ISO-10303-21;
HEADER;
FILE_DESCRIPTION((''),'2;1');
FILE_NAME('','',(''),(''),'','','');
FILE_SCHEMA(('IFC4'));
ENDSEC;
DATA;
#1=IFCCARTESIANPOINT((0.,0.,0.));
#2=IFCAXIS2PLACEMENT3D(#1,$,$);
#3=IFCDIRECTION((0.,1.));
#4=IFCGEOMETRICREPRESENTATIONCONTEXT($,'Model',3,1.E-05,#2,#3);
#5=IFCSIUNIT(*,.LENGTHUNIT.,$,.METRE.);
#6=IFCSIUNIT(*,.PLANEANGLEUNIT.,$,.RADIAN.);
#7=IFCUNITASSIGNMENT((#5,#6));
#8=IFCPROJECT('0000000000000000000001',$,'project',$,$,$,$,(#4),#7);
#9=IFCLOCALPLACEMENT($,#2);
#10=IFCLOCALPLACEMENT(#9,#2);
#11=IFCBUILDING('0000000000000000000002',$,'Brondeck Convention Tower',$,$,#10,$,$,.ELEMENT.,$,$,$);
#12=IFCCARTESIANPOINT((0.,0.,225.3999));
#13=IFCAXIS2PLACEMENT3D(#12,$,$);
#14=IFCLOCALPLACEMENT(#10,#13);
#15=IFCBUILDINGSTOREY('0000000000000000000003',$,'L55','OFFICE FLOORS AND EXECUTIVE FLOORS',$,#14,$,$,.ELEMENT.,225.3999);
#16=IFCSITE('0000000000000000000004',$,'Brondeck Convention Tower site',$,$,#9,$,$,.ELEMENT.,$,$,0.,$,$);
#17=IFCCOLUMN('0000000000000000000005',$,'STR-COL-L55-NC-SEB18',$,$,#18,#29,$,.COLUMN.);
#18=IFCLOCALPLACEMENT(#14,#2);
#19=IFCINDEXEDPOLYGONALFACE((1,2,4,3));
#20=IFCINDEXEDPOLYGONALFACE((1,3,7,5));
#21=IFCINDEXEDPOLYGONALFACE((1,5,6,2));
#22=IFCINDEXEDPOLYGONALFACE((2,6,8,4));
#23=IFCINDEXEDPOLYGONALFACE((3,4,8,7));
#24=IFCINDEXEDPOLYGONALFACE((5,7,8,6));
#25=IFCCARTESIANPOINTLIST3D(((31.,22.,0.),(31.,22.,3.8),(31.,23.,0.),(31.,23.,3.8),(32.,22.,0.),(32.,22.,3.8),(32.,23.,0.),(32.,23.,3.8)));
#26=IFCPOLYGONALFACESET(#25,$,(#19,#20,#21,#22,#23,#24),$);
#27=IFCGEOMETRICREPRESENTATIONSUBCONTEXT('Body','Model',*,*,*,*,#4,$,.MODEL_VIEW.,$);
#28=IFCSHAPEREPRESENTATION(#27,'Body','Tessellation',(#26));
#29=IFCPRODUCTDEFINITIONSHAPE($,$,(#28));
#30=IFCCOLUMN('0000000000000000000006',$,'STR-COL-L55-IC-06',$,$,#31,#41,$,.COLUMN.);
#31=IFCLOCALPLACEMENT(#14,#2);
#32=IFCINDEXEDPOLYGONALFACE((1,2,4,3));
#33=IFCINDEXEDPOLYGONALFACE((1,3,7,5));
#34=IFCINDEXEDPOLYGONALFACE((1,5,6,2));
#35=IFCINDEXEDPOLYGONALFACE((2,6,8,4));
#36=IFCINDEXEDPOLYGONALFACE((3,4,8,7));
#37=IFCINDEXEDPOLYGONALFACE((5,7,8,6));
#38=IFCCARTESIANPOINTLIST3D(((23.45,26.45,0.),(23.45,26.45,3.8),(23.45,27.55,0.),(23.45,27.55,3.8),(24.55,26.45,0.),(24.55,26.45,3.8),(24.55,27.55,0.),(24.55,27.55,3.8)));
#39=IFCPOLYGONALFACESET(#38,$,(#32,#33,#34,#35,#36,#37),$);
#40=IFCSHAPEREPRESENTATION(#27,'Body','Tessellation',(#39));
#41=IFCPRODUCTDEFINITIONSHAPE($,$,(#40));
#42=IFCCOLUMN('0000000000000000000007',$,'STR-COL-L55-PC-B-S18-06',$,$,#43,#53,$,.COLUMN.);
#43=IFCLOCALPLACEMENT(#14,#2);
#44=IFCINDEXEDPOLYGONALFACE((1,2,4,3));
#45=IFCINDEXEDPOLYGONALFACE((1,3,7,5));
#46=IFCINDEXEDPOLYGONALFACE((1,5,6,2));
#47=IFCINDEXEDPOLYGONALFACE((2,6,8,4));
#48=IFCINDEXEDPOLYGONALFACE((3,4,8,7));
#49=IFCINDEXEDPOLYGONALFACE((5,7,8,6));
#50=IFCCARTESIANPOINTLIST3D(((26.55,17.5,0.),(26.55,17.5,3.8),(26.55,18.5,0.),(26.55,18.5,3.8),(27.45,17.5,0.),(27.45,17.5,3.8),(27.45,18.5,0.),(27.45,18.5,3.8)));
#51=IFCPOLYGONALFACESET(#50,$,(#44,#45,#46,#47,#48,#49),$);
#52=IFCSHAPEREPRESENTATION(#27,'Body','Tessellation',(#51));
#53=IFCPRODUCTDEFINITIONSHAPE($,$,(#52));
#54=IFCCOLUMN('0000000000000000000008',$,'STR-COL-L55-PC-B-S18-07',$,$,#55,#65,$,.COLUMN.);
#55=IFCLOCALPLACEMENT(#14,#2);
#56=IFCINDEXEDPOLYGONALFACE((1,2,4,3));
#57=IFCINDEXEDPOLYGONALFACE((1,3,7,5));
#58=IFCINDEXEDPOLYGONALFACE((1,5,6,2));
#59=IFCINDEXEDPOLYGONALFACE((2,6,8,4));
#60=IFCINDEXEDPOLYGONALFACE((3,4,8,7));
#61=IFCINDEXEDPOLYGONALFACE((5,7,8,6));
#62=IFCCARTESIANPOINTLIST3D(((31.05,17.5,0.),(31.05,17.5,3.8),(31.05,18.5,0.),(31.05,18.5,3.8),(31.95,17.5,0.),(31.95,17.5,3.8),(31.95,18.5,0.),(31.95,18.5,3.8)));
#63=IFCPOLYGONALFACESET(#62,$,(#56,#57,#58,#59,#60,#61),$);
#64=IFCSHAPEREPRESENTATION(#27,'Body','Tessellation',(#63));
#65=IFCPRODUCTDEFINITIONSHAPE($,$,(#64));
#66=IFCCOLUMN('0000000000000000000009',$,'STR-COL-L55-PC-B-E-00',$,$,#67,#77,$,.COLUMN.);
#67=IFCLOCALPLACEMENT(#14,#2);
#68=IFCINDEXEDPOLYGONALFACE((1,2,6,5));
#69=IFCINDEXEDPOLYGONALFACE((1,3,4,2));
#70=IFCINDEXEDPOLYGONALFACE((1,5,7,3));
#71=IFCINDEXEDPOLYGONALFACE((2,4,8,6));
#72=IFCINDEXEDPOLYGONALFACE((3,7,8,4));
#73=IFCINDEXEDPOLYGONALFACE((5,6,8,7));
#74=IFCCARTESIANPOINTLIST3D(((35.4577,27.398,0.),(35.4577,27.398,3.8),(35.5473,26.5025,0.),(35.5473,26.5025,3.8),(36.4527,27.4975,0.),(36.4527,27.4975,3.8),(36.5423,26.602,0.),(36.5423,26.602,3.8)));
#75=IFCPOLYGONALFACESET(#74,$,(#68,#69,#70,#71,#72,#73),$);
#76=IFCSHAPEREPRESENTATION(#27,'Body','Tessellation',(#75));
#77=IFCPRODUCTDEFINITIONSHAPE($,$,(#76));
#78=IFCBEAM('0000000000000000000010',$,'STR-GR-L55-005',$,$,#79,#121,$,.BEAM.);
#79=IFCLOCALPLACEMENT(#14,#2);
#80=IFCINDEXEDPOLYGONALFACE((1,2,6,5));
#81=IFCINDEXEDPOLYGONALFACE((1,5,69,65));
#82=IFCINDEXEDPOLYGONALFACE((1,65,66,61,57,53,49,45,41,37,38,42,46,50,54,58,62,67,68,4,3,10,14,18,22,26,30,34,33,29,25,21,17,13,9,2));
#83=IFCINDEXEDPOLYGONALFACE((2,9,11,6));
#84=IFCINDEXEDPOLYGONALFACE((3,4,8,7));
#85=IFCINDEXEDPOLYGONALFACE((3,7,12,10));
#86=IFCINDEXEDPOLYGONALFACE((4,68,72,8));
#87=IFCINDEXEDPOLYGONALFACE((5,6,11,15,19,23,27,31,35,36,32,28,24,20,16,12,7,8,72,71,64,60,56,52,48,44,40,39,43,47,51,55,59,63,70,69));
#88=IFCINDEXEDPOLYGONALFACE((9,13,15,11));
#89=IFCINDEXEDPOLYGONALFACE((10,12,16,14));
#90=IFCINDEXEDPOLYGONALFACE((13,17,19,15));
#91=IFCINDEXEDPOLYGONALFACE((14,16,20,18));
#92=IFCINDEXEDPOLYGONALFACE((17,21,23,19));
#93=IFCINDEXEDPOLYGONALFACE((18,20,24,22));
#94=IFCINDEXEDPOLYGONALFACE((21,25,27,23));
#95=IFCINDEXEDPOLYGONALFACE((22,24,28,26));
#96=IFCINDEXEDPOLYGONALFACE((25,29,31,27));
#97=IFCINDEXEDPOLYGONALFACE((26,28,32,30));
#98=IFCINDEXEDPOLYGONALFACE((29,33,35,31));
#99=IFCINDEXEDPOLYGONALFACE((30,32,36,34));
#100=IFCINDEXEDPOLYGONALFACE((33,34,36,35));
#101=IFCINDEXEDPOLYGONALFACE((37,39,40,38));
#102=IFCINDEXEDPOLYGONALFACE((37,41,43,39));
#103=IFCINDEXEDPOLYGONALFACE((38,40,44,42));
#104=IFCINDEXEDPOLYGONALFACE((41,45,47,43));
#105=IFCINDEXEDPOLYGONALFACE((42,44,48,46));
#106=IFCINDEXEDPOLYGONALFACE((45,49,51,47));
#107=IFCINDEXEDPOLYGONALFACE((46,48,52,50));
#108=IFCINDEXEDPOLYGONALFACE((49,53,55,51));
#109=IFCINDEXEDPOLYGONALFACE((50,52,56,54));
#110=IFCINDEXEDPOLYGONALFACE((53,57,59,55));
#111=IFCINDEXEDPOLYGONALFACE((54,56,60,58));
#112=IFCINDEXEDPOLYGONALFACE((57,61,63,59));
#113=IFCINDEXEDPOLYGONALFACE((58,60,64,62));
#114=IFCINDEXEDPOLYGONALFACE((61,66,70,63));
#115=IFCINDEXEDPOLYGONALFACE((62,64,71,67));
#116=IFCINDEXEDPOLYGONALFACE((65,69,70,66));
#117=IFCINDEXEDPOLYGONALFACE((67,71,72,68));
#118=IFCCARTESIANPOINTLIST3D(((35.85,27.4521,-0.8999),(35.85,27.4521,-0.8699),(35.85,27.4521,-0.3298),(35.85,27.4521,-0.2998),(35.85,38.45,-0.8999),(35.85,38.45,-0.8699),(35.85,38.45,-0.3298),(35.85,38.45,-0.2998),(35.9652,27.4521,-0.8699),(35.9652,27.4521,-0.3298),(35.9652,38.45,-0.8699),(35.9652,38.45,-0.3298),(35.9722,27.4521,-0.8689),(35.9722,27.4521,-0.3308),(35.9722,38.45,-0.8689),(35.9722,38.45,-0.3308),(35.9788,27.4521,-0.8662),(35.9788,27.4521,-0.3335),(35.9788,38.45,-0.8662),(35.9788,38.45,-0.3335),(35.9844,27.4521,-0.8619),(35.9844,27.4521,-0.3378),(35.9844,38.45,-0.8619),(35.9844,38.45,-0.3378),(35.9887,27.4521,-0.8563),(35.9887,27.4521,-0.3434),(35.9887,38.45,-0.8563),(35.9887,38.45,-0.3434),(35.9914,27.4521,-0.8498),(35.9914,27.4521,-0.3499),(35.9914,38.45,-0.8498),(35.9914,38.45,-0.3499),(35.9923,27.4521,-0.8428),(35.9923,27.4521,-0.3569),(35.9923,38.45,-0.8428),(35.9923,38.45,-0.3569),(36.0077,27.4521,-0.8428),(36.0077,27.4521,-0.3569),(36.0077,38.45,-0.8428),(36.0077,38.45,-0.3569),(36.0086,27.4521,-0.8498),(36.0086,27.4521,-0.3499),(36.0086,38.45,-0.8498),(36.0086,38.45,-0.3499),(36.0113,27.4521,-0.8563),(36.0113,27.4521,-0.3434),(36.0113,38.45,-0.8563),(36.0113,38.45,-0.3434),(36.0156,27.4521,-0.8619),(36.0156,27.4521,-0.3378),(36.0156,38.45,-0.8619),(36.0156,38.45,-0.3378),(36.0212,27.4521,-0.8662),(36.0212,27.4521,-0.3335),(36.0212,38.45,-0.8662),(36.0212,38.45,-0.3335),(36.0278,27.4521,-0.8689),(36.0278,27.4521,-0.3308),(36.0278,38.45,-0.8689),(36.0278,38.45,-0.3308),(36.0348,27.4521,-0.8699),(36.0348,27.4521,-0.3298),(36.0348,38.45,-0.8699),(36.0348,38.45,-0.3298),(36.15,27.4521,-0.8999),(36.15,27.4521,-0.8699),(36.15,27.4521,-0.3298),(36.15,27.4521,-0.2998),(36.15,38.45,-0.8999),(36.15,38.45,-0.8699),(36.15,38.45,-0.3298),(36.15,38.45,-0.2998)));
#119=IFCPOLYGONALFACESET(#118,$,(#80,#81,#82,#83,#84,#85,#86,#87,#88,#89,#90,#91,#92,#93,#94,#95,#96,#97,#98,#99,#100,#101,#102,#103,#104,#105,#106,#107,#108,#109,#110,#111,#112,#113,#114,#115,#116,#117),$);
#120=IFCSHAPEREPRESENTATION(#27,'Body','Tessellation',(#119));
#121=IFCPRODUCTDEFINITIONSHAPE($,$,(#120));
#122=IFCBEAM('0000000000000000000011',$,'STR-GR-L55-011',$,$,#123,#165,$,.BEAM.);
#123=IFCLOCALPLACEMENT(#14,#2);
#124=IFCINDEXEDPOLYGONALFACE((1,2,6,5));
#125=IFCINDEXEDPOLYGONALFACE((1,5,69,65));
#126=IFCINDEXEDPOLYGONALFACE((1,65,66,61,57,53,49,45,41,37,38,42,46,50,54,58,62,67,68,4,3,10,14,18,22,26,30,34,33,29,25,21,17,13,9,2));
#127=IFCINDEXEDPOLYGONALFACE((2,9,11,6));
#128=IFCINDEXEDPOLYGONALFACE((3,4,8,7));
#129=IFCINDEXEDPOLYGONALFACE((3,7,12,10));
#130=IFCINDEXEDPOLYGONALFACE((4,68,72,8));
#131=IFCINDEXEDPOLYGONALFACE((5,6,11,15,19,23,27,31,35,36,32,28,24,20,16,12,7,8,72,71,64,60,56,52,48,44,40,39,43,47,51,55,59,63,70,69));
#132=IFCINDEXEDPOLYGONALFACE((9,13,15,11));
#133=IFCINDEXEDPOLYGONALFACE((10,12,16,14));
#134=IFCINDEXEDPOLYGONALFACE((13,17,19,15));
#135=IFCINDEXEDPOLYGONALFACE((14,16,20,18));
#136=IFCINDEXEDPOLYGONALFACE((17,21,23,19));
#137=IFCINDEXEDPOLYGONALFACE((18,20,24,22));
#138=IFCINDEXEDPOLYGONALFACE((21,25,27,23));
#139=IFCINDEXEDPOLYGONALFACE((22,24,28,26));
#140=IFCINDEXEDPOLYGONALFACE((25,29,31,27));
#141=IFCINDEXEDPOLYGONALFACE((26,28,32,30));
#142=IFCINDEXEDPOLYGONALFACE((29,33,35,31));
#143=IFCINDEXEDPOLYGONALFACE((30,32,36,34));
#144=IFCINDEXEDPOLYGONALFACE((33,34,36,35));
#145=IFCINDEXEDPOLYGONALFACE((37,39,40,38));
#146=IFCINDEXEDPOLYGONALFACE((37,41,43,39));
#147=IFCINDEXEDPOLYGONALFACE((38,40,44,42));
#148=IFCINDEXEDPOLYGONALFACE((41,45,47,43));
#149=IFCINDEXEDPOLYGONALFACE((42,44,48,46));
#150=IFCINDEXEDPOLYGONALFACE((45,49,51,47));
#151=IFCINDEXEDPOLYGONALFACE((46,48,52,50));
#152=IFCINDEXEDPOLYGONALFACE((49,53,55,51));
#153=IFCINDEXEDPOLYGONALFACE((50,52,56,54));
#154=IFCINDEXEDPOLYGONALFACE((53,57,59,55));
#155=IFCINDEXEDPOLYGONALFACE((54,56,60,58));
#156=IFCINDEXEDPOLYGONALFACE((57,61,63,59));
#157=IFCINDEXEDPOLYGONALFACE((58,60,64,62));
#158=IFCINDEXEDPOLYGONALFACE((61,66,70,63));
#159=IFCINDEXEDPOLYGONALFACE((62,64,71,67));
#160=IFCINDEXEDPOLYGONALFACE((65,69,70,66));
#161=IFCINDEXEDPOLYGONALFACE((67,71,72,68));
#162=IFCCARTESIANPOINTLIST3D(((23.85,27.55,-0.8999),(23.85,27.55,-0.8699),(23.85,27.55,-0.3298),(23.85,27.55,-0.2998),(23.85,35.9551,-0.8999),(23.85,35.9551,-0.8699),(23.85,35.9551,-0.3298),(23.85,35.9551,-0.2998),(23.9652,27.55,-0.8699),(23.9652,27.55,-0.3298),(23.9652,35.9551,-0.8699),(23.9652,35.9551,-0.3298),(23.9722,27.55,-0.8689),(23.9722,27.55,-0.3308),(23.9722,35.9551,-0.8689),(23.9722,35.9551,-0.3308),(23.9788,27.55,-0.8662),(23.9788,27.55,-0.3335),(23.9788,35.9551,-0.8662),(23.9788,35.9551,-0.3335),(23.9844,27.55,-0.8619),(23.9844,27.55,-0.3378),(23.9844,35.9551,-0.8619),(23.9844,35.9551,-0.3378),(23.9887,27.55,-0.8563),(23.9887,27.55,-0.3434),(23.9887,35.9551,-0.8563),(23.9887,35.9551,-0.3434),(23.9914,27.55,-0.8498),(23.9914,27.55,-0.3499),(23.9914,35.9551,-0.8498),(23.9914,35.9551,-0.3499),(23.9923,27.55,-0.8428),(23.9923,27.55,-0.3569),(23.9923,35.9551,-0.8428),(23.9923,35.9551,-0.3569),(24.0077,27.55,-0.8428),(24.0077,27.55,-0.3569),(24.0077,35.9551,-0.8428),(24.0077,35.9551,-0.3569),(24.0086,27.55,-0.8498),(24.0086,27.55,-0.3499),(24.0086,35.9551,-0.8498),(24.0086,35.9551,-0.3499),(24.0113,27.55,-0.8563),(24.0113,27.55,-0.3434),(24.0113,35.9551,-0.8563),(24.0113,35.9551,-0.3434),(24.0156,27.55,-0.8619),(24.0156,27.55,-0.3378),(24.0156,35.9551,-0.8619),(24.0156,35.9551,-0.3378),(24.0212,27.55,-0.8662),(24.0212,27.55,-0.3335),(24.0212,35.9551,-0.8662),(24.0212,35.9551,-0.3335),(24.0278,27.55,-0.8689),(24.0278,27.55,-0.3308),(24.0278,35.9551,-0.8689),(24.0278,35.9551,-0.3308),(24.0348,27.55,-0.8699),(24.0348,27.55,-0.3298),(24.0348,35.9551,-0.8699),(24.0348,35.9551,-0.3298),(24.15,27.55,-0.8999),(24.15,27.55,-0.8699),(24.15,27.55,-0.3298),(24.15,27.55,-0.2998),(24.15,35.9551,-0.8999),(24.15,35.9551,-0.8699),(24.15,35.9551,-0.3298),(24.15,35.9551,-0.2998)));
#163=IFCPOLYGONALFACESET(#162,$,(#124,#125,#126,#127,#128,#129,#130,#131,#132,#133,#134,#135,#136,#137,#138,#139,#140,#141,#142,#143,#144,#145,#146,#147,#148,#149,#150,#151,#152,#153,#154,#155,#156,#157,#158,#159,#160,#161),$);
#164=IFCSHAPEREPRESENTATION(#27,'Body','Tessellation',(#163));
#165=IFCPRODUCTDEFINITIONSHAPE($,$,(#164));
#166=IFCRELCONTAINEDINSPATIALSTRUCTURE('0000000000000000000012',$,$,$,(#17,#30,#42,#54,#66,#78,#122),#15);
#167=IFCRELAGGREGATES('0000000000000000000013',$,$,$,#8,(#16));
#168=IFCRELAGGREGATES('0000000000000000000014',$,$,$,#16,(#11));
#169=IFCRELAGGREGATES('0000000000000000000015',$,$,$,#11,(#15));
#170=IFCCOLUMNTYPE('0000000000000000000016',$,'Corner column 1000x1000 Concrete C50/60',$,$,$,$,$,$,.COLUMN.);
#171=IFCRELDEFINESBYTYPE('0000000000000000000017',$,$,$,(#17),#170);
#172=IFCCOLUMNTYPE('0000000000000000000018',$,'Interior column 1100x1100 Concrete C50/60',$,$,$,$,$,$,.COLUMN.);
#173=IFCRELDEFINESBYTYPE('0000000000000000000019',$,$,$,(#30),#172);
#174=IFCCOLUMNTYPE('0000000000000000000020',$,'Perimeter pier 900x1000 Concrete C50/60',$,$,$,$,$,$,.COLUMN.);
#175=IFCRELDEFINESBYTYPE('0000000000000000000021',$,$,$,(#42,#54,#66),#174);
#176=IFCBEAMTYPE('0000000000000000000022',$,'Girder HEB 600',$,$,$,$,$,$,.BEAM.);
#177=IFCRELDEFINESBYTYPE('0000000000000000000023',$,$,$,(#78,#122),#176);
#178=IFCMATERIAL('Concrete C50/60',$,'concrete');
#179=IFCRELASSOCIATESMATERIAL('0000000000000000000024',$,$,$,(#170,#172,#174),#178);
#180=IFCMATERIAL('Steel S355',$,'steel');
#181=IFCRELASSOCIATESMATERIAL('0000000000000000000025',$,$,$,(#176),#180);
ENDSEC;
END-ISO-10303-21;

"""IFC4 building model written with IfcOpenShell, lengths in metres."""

from ifc_helpers import new_model, si_unit, direction, frame, origin, origin_2d, place, context, subcontext, project, spatial, rectangle, i_section, extrude, material, material_profile, profile_set, type_object, element, save


model = new_model("IFC4")

# Units and contexts
model_context = context("Model", 3, precision=1e-05, world=origin(), true_north=direction((0.0, 1.0)))
body_context = subcontext(model_context, "Body", "Model", "MODEL_VIEW")
ifc_project = project(units=[si_unit("LENGTHUNIT", "METRE"), si_unit("PLANEANGLEUNIT", "RADIAN")], contexts=[model_context])

# Site, building, storey
site_placement = place(None, origin())
site = spatial("IfcSite", under=ifc_project, at=site_placement, Name="Brondeck Convention Tower site", CompositionType="ELEMENT", RefElevation=0.0)
building_placement = place(site_placement, origin())
building = spatial("IfcBuilding", under=site, at=building_placement, Name="Brondeck Convention Tower", CompositionType="ELEMENT")
storey_placement = place(building_placement, frame((0.0, 0.0, 225.3999)))
storey = spatial("IfcBuildingStorey", under=building, at=storey_placement, Name="L55", Description="OFFICE FLOORS AND EXECUTIVE FLOORS", CompositionType="ELEMENT", Elevation=225.3999)

# Columns
ifc_material_1 = material(Name="Concrete C50/60", Category="concrete")
ifc_material_profile_1 = material_profile(ifc_material_1, rectangle(XDim=1.0, YDim=1.0, at=origin_2d()), Name="Corner column 1000x1000 Concrete C50/60")
ifc_profile_set_1 = profile_set([ifc_material_profile_1], Name="Concrete C50/60")
column_type_1 = type_object("IfcColumnType", Name="Corner column 1000x1000 Concrete C50/60", PredefinedType="COLUMN", material=ifc_profile_set_1)
column_1_placement = place(storey_placement, frame((31.5, 22.5, 0.0), z_axis=(0.0, 0.0, 1.0), x_axis=(1.0, 0.0, 0.0)))
element("IfcColumn", 1, at=column_1_placement, inside=storey, type_object=column_type_1, Name="STR-COL-L55-NC-SEB18", PredefinedType="COLUMN", context=body_context, shape_type="SweptSolid", body=[
    extrude(rectangle(XDim=1.0, YDim=1.0, at=origin_2d()), origin(), (0.0, 0.0, 1.0), 3.8),
])
ifc_material_profile_2 = material_profile(ifc_material_1, rectangle(XDim=1.1001, YDim=1.1001, at=origin_2d()), Name="Interior column 1100x1100 Concrete C50/60")
ifc_profile_set_2 = profile_set([ifc_material_profile_2], Name="Concrete C50/60")
column_type_2 = type_object("IfcColumnType", Name="Interior column 1100x1100 Concrete C50/60", PredefinedType="COLUMN", material=ifc_profile_set_2)
column_2_placement = place(storey_placement, frame((24.0, 27.0, 0.0), z_axis=(0.0, 0.0, 1.0), x_axis=(1.0, 0.0, 0.0)))
element("IfcColumn", 2, at=column_2_placement, inside=storey, type_object=column_type_2, Name="STR-COL-L55-IC-06", PredefinedType="COLUMN", context=body_context, shape_type="SweptSolid", body=[
    extrude(rectangle(XDim=1.1001, YDim=1.1001, at=origin_2d()), origin(), (0.0, 0.0, 1.0), 3.8),
])
ifc_material_profile_3 = material_profile(ifc_material_1, rectangle(XDim=0.8999, YDim=1.0, at=origin_2d()), Name="Perimeter pier 900x1000 Concrete C50/60")
ifc_profile_set_3 = profile_set([ifc_material_profile_3], Name="Concrete C50/60")
column_type_3 = type_object("IfcColumnType", Name="Perimeter pier 900x1000 Concrete C50/60", PredefinedType="COLUMN", material=ifc_profile_set_3)
for number, where, z_axis, x_axis, name in (
    (3, (27.0, 18.0, 0.0), (0.0, 0.0, 1.0), (1.0, 0.0, 0.0), "STR-COL-L55-PC-B-S18-06"),
    (4, (31.5, 18.0, 0.0), (0.0, 0.0, 1.0), (1.0, 0.0, 0.0), "STR-COL-L55-PC-B-S18-07"),
    (5, (36.0, 27.0, 0.0), (0.0, 0.0, 1.0), (-0.099504, 0.995037, 0.0), "STR-COL-L55-PC-B-E-00"),
):
    element("IfcColumn", number, at=place(storey_placement, frame(where, z_axis=z_axis, x_axis=x_axis)), inside=storey, type_object=column_type_3, Name=name, PredefinedType="COLUMN", context=body_context, shape_type="SweptSolid", body=[
        extrude(rectangle(XDim=0.8999, YDim=1.0, at=origin_2d()), origin(), (0.0, 0.0, 1.0), 3.8),
    ])

# Beams
ifc_material_2 = material(Name="Steel S355", Category="steel")
ifc_material_profile_4 = material_profile(ifc_material_2, i_section(OverallWidth=0.3, OverallDepth=0.6001, WebThickness=0.0154, FlangeThickness=0.03, FilletRadius=0.0271, at=origin_2d()), Name="HEB 600")
ifc_profile_set_4 = profile_set([ifc_material_profile_4], Name="Steel S355")
beam_type_1 = type_object("IfcBeamType", Name="Girder HEB 600", PredefinedType="BEAM", material=ifc_profile_set_4)
beam_1_placement = place(storey_placement, frame((36.0, 27.4521, -0.5999), z_axis=(0.0, 1.0, 0.0), x_axis=(-1.0, 0.0, 0.0)))
element("IfcBeam", 6, at=beam_1_placement, inside=storey, type_object=beam_type_1, Name="STR-GR-L55-005", PredefinedType="BEAM", context=body_context, shape_type="SweptSolid", body=[
    extrude(i_section(OverallWidth=0.3, OverallDepth=0.6001, WebThickness=0.0154, FlangeThickness=0.03, FilletRadius=0.0271, at=origin_2d()), origin(), (0.0, 0.0, 1.0), 10.9978),
])
beam_2_placement = place(storey_placement, frame((24.0, 35.9551, -0.5999), z_axis=(0.0, -1.0, 0.0), x_axis=(1.0, 0.0, 0.0)))
element("IfcBeam", 7, at=beam_2_placement, inside=storey, type_object=beam_type_1, Name="STR-GR-L55-011", PredefinedType="BEAM", context=body_context, shape_type="SweptSolid", body=[
    extrude(i_section(OverallWidth=0.3, OverallDepth=0.6001, WebThickness=0.0154, FlangeThickness=0.03, FilletRadius=0.0271, at=origin_2d()), origin(), (0.0, 0.0, 1.0), 8.405),
])

save(model, "model.ifc")
